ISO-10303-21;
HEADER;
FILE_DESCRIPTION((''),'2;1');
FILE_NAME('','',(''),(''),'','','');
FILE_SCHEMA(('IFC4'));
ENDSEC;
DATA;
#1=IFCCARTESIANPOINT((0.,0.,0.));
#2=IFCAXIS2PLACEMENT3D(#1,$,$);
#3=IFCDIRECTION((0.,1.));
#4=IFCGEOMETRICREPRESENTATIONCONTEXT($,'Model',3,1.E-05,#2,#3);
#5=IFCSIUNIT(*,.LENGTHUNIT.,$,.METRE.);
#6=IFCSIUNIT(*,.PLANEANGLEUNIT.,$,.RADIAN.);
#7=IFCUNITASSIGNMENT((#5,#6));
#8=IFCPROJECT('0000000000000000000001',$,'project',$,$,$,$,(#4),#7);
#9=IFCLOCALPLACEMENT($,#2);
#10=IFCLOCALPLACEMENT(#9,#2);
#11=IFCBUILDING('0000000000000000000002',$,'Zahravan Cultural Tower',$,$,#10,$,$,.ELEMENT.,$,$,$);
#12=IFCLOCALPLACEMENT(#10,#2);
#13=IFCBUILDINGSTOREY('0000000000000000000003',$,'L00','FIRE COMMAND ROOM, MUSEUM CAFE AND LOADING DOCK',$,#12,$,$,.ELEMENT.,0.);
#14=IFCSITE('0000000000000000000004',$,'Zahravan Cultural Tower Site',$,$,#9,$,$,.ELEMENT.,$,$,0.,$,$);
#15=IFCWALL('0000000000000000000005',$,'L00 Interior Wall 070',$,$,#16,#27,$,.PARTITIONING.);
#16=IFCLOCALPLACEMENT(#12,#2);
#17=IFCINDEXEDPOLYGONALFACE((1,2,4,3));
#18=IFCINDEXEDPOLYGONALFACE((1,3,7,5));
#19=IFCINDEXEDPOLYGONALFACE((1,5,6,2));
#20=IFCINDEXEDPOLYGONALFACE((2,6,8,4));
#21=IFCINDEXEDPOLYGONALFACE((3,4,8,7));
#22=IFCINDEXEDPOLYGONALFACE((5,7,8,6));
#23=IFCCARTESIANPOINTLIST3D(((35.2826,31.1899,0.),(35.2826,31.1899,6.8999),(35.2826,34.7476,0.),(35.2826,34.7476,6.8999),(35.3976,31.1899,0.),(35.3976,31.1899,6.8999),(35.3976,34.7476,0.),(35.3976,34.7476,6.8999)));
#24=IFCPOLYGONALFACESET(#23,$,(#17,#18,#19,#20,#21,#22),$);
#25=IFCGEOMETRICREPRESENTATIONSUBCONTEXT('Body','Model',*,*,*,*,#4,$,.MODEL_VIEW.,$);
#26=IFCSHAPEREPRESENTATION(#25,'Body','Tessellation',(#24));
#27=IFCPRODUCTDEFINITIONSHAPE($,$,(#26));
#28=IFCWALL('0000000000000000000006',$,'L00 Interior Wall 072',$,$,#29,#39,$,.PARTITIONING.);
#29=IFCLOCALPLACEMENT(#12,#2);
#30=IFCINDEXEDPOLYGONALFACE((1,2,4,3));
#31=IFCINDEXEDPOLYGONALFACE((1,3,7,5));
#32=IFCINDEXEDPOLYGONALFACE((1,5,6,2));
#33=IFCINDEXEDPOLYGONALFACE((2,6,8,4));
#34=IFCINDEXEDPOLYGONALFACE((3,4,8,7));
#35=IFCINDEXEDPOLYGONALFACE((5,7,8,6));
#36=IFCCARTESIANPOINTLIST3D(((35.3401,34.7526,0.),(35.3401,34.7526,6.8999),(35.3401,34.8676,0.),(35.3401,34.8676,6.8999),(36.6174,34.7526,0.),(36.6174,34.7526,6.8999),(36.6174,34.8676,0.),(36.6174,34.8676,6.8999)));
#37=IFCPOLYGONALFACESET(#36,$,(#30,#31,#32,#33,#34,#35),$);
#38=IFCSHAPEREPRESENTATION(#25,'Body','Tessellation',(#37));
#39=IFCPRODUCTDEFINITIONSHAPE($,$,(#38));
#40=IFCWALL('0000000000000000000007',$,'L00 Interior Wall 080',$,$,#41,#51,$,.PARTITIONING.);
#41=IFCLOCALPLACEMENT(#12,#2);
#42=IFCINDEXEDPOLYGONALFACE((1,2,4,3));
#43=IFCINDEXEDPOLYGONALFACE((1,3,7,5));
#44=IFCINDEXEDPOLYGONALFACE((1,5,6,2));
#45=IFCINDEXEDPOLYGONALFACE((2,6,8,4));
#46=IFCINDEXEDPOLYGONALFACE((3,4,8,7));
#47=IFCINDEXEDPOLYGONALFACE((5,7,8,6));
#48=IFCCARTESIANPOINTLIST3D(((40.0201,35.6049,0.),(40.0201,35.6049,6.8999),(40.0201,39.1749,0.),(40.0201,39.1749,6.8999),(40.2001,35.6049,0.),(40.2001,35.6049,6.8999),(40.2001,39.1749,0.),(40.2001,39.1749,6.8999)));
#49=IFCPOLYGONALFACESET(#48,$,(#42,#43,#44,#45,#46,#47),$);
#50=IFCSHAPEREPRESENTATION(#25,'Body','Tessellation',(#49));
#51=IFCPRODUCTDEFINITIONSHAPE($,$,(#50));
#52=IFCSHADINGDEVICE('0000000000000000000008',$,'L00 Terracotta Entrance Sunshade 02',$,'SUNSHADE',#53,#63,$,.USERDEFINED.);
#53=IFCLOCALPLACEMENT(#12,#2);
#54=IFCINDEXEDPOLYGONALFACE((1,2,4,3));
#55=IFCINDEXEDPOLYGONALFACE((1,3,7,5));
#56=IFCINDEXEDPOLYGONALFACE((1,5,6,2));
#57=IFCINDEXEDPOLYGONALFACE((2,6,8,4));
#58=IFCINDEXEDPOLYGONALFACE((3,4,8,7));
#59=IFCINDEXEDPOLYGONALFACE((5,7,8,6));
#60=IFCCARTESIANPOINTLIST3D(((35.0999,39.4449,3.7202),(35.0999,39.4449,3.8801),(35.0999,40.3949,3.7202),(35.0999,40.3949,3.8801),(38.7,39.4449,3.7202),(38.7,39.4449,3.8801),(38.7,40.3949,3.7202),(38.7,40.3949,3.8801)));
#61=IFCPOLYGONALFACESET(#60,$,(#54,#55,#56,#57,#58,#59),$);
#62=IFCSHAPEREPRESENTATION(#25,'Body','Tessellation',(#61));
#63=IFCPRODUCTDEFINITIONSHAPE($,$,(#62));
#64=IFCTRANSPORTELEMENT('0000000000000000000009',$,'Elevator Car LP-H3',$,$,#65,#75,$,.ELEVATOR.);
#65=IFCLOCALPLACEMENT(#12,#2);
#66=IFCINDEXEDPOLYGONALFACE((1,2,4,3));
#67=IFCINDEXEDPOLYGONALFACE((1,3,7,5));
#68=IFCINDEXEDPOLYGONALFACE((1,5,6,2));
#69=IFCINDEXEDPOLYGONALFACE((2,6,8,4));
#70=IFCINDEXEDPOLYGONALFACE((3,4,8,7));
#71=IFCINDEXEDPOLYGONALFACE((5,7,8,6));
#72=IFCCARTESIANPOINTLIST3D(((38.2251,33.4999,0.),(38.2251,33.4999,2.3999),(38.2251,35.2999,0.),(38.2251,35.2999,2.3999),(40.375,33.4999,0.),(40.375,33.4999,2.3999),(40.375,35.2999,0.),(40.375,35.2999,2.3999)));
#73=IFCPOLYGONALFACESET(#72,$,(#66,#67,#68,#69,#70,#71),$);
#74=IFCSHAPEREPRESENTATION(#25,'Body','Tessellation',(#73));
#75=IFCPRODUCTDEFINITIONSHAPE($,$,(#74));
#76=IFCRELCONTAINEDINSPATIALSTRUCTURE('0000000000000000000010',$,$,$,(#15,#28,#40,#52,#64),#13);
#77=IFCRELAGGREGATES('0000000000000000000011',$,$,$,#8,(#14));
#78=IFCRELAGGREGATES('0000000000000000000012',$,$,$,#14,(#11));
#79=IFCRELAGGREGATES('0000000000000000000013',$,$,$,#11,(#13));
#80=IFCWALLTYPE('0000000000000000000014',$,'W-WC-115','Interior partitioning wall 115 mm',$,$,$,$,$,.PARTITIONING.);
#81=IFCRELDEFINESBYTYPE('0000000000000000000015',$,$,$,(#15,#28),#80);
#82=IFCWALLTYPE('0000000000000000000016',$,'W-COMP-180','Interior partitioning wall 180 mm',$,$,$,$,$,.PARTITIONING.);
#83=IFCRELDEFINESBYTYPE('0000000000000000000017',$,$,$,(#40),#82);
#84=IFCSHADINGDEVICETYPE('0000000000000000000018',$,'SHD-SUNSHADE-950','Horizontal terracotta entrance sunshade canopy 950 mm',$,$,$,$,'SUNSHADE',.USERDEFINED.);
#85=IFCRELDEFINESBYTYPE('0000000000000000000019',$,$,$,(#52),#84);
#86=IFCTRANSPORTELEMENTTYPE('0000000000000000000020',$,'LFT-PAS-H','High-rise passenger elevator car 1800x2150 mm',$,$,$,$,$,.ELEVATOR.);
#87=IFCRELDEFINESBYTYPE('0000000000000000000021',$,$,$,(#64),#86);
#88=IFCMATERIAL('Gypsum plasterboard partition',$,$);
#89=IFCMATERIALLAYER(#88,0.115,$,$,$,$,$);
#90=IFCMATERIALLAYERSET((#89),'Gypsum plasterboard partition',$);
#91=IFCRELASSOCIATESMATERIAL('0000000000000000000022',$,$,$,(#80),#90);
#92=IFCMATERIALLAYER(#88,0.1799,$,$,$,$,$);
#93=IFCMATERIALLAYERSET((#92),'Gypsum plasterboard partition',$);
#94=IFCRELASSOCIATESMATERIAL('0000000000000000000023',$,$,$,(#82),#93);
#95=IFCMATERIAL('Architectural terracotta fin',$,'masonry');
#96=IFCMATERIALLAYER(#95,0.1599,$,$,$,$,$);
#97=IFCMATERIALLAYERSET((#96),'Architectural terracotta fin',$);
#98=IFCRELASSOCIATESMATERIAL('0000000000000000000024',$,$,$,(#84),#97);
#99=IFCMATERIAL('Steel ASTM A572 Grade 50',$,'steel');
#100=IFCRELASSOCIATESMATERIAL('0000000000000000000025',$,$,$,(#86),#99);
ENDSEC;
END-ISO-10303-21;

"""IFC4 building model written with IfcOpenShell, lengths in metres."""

from ifc_helpers import new_model, si_unit, direction, frame, frame_2d, origin, origin_2d, place, context, subcontext, project, spatial, rectangle, extrude, source, transform, mapped, material, layer, layer_set, type_object, element, save


model = new_model("IFC4")

# Units and contexts
model_context = context("Model", 3, precision=1e-05, world=origin(), true_north=direction((0.0, 1.0)))
body_context = subcontext(model_context, "Body", "Model", "MODEL_VIEW")
ifc_project = project(units=[si_unit("LENGTHUNIT", "METRE"), si_unit("PLANEANGLEUNIT", "RADIAN")], contexts=[model_context])

# Site, building, storey
site_placement = place(None, origin())
site = spatial("IfcSite", under=ifc_project, at=site_placement, Name="Zahravan Cultural Tower Site", CompositionType="ELEMENT", RefElevation=0.0)
building_placement = place(site_placement, origin())
building = spatial("IfcBuilding", under=site, at=building_placement, Name="Zahravan Cultural Tower", CompositionType="ELEMENT")
storey_placement = place(building_placement, origin())
storey = spatial("IfcBuildingStorey", under=building, at=storey_placement, Name="L00", Description="FIRE COMMAND ROOM, MUSEUM CAFE AND LOADING DOCK", CompositionType="ELEMENT", Elevation=0.0)

# Shared definitions
ifc_material_1 = material(Name="Steel ASTM A572 Grade 50", Category="steel")

# Walls
ifc_material_2 = material(Name="Gypsum plasterboard partition")
ifc_layer_1 = layer(ifc_material_2, 0.115)
ifc_layer_set_1 = layer_set([ifc_layer_1], Name="Gypsum plasterboard partition")
wall_type_1 = type_object("IfcWallType", Name="W-WC-115", Description="Interior partitioning wall 115 mm", PredefinedType="PARTITIONING", material=ifc_layer_set_1)
shared_shape_1 = source(origin(), body_context, "Body", "SweptSolid", [
    extrude(rectangle(XDim=3.5576, YDim=0.115, at=frame_2d((1.7788, 0.0))), origin(), (0.0, 0.0, 1.0), 6.8999),
])
wall_1_placement = place(storey_placement, frame((35.3401, 34.7476, 0.0), z_axis=(0.0, 0.0, 1.0), x_axis=(0.0, -1.0, 0.0)))
element("IfcWall", 1, at=wall_1_placement, inside=storey, type_object=wall_type_1, Name="L00 Interior Wall 070", PredefinedType="PARTITIONING", context=body_context, shape_type="MappedRepresentation", body=[
    mapped(shared_shape_1, transform((0.0, 0.0, 0.0), x_axis=(1.0, 0.0, 0.0), y_axis=(0.0, 1.0, 0.0), z_axis=(0.0, 0.0, 1.0), scale=1.0)),
])
shared_shape_2 = source(origin(), body_context, "Body", "SweptSolid", [
    extrude(rectangle(XDim=1.2773, YDim=0.115, at=frame_2d((0.6387, 0.0))), origin(), (0.0, 0.0, 1.0), 6.8999),
])
wall_2_placement = place(storey_placement, frame((35.3401, 34.8101, 0.0), z_axis=(0.0, 0.0, 1.0), x_axis=(1.0, 0.0, 0.0)))
element("IfcWall", 2, at=wall_2_placement, inside=storey, type_object=wall_type_1, Name="L00 Interior Wall 072", PredefinedType="PARTITIONING", context=body_context, shape_type="MappedRepresentation", body=[
    mapped(shared_shape_2, transform((0.0, 0.0, 0.0), x_axis=(1.0, 0.0, 0.0), y_axis=(0.0, 1.0, 0.0), z_axis=(0.0, 0.0, 1.0), scale=1.0)),
])
ifc_layer_2 = layer(ifc_material_2, 0.1799)
ifc_layer_set_2 = layer_set([ifc_layer_2], Name="Gypsum plasterboard partition")
wall_type_2 = type_object("IfcWallType", Name="W-COMP-180", Description="Interior partitioning wall 180 mm", PredefinedType="PARTITIONING", material=ifc_layer_set_2)
shared_shape_3 = source(origin(), body_context, "Body", "SweptSolid", [
    extrude(rectangle(XDim=3.5701, YDim=0.1799, at=frame_2d((1.7852, 0.0))), origin(), (0.0, 0.0, 1.0), 6.8999),
])
wall_3_placement = place(storey_placement, frame((40.1101, 39.175, 0.0), z_axis=(0.0, 0.0, 1.0), x_axis=(0.0, -1.0, 0.0)))
element("IfcWall", 3, at=wall_3_placement, inside=storey, type_object=wall_type_2, Name="L00 Interior Wall 080", PredefinedType="PARTITIONING", context=body_context, shape_type="MappedRepresentation", body=[
    mapped(shared_shape_3, transform((0.0, 0.0, 0.0), x_axis=(1.0, 0.0, 0.0), y_axis=(0.0, 1.0, 0.0), z_axis=(0.0, 0.0, 1.0), scale=1.0)),
])

# Shading device
ifc_material_3 = material(Name="Architectural terracotta fin", Category="masonry")
ifc_layer_3 = layer(ifc_material_3, 0.1599)
ifc_layer_set_3 = layer_set([ifc_layer_3], Name="Architectural terracotta fin")
shading_device_type = type_object("IfcShadingDeviceType", Name="SHD-SUNSHADE-950", Description="Horizontal terracotta entrance sunshade canopy 950 mm", ElementType="SUNSHADE", PredefinedType="USERDEFINED", material=ifc_layer_set_3)
shared_shape_4 = source(origin(), body_context, "Body", "SweptSolid", [
    extrude(rectangle(XDim=3.6001, YDim=0.95, at=origin_2d()), origin(), (0.0, 0.0, 1.0), 0.1599),
])
shading_device_placement = place(storey_placement, frame((36.8999, 39.9199, 3.7202), z_axis=(0.0, 0.0, 1.0), x_axis=(1.0, 0.0, 0.0)))
element("IfcShadingDevice", 4, at=shading_device_placement, inside=storey, type_object=shading_device_type, Name="L00 Terracotta Entrance Sunshade 02", ObjectType="SUNSHADE", PredefinedType="USERDEFINED", context=body_context, shape_type="MappedRepresentation", body=[
    mapped(shared_shape_4, transform((0.0, 0.0, 0.0), x_axis=(1.0, 0.0, 0.0), y_axis=(0.0, 1.0, 0.0), z_axis=(0.0, 0.0, 1.0), scale=1.0)),
])

# Transport element
transport_element_type = type_object("IfcTransportElementType", Name="LFT-PAS-H", Description="High-rise passenger elevator car 1800x2150 mm", PredefinedType="ELEVATOR", material=ifc_material_1)
shared_shape_5 = source(origin(), body_context, "Body", "SweptSolid", [
    extrude(rectangle(XDim=2.1499, YDim=1.8, at=origin_2d()), origin(), (0.0, 0.0, 1.0), 2.3999),
])
transport_element_placement = place(storey_placement, frame((39.3, 34.3999, 0.0), z_axis=(0.0, 0.0, 1.0), x_axis=(1.0, 0.0, 0.0)))
element("IfcTransportElement", 5, at=transport_element_placement, inside=storey, type_object=transport_element_type, Name="Elevator Car LP-H3", PredefinedType="ELEVATOR", context=body_context, shape_type="MappedRepresentation", body=[
    mapped(shared_shape_5, transform((0.0, 0.0, 0.0), x_axis=(1.0, 0.0, 0.0), y_axis=(0.0, 1.0, 0.0), z_axis=(0.0, 0.0, 1.0), scale=1.0)),
])

save(model, "model.ifc")
